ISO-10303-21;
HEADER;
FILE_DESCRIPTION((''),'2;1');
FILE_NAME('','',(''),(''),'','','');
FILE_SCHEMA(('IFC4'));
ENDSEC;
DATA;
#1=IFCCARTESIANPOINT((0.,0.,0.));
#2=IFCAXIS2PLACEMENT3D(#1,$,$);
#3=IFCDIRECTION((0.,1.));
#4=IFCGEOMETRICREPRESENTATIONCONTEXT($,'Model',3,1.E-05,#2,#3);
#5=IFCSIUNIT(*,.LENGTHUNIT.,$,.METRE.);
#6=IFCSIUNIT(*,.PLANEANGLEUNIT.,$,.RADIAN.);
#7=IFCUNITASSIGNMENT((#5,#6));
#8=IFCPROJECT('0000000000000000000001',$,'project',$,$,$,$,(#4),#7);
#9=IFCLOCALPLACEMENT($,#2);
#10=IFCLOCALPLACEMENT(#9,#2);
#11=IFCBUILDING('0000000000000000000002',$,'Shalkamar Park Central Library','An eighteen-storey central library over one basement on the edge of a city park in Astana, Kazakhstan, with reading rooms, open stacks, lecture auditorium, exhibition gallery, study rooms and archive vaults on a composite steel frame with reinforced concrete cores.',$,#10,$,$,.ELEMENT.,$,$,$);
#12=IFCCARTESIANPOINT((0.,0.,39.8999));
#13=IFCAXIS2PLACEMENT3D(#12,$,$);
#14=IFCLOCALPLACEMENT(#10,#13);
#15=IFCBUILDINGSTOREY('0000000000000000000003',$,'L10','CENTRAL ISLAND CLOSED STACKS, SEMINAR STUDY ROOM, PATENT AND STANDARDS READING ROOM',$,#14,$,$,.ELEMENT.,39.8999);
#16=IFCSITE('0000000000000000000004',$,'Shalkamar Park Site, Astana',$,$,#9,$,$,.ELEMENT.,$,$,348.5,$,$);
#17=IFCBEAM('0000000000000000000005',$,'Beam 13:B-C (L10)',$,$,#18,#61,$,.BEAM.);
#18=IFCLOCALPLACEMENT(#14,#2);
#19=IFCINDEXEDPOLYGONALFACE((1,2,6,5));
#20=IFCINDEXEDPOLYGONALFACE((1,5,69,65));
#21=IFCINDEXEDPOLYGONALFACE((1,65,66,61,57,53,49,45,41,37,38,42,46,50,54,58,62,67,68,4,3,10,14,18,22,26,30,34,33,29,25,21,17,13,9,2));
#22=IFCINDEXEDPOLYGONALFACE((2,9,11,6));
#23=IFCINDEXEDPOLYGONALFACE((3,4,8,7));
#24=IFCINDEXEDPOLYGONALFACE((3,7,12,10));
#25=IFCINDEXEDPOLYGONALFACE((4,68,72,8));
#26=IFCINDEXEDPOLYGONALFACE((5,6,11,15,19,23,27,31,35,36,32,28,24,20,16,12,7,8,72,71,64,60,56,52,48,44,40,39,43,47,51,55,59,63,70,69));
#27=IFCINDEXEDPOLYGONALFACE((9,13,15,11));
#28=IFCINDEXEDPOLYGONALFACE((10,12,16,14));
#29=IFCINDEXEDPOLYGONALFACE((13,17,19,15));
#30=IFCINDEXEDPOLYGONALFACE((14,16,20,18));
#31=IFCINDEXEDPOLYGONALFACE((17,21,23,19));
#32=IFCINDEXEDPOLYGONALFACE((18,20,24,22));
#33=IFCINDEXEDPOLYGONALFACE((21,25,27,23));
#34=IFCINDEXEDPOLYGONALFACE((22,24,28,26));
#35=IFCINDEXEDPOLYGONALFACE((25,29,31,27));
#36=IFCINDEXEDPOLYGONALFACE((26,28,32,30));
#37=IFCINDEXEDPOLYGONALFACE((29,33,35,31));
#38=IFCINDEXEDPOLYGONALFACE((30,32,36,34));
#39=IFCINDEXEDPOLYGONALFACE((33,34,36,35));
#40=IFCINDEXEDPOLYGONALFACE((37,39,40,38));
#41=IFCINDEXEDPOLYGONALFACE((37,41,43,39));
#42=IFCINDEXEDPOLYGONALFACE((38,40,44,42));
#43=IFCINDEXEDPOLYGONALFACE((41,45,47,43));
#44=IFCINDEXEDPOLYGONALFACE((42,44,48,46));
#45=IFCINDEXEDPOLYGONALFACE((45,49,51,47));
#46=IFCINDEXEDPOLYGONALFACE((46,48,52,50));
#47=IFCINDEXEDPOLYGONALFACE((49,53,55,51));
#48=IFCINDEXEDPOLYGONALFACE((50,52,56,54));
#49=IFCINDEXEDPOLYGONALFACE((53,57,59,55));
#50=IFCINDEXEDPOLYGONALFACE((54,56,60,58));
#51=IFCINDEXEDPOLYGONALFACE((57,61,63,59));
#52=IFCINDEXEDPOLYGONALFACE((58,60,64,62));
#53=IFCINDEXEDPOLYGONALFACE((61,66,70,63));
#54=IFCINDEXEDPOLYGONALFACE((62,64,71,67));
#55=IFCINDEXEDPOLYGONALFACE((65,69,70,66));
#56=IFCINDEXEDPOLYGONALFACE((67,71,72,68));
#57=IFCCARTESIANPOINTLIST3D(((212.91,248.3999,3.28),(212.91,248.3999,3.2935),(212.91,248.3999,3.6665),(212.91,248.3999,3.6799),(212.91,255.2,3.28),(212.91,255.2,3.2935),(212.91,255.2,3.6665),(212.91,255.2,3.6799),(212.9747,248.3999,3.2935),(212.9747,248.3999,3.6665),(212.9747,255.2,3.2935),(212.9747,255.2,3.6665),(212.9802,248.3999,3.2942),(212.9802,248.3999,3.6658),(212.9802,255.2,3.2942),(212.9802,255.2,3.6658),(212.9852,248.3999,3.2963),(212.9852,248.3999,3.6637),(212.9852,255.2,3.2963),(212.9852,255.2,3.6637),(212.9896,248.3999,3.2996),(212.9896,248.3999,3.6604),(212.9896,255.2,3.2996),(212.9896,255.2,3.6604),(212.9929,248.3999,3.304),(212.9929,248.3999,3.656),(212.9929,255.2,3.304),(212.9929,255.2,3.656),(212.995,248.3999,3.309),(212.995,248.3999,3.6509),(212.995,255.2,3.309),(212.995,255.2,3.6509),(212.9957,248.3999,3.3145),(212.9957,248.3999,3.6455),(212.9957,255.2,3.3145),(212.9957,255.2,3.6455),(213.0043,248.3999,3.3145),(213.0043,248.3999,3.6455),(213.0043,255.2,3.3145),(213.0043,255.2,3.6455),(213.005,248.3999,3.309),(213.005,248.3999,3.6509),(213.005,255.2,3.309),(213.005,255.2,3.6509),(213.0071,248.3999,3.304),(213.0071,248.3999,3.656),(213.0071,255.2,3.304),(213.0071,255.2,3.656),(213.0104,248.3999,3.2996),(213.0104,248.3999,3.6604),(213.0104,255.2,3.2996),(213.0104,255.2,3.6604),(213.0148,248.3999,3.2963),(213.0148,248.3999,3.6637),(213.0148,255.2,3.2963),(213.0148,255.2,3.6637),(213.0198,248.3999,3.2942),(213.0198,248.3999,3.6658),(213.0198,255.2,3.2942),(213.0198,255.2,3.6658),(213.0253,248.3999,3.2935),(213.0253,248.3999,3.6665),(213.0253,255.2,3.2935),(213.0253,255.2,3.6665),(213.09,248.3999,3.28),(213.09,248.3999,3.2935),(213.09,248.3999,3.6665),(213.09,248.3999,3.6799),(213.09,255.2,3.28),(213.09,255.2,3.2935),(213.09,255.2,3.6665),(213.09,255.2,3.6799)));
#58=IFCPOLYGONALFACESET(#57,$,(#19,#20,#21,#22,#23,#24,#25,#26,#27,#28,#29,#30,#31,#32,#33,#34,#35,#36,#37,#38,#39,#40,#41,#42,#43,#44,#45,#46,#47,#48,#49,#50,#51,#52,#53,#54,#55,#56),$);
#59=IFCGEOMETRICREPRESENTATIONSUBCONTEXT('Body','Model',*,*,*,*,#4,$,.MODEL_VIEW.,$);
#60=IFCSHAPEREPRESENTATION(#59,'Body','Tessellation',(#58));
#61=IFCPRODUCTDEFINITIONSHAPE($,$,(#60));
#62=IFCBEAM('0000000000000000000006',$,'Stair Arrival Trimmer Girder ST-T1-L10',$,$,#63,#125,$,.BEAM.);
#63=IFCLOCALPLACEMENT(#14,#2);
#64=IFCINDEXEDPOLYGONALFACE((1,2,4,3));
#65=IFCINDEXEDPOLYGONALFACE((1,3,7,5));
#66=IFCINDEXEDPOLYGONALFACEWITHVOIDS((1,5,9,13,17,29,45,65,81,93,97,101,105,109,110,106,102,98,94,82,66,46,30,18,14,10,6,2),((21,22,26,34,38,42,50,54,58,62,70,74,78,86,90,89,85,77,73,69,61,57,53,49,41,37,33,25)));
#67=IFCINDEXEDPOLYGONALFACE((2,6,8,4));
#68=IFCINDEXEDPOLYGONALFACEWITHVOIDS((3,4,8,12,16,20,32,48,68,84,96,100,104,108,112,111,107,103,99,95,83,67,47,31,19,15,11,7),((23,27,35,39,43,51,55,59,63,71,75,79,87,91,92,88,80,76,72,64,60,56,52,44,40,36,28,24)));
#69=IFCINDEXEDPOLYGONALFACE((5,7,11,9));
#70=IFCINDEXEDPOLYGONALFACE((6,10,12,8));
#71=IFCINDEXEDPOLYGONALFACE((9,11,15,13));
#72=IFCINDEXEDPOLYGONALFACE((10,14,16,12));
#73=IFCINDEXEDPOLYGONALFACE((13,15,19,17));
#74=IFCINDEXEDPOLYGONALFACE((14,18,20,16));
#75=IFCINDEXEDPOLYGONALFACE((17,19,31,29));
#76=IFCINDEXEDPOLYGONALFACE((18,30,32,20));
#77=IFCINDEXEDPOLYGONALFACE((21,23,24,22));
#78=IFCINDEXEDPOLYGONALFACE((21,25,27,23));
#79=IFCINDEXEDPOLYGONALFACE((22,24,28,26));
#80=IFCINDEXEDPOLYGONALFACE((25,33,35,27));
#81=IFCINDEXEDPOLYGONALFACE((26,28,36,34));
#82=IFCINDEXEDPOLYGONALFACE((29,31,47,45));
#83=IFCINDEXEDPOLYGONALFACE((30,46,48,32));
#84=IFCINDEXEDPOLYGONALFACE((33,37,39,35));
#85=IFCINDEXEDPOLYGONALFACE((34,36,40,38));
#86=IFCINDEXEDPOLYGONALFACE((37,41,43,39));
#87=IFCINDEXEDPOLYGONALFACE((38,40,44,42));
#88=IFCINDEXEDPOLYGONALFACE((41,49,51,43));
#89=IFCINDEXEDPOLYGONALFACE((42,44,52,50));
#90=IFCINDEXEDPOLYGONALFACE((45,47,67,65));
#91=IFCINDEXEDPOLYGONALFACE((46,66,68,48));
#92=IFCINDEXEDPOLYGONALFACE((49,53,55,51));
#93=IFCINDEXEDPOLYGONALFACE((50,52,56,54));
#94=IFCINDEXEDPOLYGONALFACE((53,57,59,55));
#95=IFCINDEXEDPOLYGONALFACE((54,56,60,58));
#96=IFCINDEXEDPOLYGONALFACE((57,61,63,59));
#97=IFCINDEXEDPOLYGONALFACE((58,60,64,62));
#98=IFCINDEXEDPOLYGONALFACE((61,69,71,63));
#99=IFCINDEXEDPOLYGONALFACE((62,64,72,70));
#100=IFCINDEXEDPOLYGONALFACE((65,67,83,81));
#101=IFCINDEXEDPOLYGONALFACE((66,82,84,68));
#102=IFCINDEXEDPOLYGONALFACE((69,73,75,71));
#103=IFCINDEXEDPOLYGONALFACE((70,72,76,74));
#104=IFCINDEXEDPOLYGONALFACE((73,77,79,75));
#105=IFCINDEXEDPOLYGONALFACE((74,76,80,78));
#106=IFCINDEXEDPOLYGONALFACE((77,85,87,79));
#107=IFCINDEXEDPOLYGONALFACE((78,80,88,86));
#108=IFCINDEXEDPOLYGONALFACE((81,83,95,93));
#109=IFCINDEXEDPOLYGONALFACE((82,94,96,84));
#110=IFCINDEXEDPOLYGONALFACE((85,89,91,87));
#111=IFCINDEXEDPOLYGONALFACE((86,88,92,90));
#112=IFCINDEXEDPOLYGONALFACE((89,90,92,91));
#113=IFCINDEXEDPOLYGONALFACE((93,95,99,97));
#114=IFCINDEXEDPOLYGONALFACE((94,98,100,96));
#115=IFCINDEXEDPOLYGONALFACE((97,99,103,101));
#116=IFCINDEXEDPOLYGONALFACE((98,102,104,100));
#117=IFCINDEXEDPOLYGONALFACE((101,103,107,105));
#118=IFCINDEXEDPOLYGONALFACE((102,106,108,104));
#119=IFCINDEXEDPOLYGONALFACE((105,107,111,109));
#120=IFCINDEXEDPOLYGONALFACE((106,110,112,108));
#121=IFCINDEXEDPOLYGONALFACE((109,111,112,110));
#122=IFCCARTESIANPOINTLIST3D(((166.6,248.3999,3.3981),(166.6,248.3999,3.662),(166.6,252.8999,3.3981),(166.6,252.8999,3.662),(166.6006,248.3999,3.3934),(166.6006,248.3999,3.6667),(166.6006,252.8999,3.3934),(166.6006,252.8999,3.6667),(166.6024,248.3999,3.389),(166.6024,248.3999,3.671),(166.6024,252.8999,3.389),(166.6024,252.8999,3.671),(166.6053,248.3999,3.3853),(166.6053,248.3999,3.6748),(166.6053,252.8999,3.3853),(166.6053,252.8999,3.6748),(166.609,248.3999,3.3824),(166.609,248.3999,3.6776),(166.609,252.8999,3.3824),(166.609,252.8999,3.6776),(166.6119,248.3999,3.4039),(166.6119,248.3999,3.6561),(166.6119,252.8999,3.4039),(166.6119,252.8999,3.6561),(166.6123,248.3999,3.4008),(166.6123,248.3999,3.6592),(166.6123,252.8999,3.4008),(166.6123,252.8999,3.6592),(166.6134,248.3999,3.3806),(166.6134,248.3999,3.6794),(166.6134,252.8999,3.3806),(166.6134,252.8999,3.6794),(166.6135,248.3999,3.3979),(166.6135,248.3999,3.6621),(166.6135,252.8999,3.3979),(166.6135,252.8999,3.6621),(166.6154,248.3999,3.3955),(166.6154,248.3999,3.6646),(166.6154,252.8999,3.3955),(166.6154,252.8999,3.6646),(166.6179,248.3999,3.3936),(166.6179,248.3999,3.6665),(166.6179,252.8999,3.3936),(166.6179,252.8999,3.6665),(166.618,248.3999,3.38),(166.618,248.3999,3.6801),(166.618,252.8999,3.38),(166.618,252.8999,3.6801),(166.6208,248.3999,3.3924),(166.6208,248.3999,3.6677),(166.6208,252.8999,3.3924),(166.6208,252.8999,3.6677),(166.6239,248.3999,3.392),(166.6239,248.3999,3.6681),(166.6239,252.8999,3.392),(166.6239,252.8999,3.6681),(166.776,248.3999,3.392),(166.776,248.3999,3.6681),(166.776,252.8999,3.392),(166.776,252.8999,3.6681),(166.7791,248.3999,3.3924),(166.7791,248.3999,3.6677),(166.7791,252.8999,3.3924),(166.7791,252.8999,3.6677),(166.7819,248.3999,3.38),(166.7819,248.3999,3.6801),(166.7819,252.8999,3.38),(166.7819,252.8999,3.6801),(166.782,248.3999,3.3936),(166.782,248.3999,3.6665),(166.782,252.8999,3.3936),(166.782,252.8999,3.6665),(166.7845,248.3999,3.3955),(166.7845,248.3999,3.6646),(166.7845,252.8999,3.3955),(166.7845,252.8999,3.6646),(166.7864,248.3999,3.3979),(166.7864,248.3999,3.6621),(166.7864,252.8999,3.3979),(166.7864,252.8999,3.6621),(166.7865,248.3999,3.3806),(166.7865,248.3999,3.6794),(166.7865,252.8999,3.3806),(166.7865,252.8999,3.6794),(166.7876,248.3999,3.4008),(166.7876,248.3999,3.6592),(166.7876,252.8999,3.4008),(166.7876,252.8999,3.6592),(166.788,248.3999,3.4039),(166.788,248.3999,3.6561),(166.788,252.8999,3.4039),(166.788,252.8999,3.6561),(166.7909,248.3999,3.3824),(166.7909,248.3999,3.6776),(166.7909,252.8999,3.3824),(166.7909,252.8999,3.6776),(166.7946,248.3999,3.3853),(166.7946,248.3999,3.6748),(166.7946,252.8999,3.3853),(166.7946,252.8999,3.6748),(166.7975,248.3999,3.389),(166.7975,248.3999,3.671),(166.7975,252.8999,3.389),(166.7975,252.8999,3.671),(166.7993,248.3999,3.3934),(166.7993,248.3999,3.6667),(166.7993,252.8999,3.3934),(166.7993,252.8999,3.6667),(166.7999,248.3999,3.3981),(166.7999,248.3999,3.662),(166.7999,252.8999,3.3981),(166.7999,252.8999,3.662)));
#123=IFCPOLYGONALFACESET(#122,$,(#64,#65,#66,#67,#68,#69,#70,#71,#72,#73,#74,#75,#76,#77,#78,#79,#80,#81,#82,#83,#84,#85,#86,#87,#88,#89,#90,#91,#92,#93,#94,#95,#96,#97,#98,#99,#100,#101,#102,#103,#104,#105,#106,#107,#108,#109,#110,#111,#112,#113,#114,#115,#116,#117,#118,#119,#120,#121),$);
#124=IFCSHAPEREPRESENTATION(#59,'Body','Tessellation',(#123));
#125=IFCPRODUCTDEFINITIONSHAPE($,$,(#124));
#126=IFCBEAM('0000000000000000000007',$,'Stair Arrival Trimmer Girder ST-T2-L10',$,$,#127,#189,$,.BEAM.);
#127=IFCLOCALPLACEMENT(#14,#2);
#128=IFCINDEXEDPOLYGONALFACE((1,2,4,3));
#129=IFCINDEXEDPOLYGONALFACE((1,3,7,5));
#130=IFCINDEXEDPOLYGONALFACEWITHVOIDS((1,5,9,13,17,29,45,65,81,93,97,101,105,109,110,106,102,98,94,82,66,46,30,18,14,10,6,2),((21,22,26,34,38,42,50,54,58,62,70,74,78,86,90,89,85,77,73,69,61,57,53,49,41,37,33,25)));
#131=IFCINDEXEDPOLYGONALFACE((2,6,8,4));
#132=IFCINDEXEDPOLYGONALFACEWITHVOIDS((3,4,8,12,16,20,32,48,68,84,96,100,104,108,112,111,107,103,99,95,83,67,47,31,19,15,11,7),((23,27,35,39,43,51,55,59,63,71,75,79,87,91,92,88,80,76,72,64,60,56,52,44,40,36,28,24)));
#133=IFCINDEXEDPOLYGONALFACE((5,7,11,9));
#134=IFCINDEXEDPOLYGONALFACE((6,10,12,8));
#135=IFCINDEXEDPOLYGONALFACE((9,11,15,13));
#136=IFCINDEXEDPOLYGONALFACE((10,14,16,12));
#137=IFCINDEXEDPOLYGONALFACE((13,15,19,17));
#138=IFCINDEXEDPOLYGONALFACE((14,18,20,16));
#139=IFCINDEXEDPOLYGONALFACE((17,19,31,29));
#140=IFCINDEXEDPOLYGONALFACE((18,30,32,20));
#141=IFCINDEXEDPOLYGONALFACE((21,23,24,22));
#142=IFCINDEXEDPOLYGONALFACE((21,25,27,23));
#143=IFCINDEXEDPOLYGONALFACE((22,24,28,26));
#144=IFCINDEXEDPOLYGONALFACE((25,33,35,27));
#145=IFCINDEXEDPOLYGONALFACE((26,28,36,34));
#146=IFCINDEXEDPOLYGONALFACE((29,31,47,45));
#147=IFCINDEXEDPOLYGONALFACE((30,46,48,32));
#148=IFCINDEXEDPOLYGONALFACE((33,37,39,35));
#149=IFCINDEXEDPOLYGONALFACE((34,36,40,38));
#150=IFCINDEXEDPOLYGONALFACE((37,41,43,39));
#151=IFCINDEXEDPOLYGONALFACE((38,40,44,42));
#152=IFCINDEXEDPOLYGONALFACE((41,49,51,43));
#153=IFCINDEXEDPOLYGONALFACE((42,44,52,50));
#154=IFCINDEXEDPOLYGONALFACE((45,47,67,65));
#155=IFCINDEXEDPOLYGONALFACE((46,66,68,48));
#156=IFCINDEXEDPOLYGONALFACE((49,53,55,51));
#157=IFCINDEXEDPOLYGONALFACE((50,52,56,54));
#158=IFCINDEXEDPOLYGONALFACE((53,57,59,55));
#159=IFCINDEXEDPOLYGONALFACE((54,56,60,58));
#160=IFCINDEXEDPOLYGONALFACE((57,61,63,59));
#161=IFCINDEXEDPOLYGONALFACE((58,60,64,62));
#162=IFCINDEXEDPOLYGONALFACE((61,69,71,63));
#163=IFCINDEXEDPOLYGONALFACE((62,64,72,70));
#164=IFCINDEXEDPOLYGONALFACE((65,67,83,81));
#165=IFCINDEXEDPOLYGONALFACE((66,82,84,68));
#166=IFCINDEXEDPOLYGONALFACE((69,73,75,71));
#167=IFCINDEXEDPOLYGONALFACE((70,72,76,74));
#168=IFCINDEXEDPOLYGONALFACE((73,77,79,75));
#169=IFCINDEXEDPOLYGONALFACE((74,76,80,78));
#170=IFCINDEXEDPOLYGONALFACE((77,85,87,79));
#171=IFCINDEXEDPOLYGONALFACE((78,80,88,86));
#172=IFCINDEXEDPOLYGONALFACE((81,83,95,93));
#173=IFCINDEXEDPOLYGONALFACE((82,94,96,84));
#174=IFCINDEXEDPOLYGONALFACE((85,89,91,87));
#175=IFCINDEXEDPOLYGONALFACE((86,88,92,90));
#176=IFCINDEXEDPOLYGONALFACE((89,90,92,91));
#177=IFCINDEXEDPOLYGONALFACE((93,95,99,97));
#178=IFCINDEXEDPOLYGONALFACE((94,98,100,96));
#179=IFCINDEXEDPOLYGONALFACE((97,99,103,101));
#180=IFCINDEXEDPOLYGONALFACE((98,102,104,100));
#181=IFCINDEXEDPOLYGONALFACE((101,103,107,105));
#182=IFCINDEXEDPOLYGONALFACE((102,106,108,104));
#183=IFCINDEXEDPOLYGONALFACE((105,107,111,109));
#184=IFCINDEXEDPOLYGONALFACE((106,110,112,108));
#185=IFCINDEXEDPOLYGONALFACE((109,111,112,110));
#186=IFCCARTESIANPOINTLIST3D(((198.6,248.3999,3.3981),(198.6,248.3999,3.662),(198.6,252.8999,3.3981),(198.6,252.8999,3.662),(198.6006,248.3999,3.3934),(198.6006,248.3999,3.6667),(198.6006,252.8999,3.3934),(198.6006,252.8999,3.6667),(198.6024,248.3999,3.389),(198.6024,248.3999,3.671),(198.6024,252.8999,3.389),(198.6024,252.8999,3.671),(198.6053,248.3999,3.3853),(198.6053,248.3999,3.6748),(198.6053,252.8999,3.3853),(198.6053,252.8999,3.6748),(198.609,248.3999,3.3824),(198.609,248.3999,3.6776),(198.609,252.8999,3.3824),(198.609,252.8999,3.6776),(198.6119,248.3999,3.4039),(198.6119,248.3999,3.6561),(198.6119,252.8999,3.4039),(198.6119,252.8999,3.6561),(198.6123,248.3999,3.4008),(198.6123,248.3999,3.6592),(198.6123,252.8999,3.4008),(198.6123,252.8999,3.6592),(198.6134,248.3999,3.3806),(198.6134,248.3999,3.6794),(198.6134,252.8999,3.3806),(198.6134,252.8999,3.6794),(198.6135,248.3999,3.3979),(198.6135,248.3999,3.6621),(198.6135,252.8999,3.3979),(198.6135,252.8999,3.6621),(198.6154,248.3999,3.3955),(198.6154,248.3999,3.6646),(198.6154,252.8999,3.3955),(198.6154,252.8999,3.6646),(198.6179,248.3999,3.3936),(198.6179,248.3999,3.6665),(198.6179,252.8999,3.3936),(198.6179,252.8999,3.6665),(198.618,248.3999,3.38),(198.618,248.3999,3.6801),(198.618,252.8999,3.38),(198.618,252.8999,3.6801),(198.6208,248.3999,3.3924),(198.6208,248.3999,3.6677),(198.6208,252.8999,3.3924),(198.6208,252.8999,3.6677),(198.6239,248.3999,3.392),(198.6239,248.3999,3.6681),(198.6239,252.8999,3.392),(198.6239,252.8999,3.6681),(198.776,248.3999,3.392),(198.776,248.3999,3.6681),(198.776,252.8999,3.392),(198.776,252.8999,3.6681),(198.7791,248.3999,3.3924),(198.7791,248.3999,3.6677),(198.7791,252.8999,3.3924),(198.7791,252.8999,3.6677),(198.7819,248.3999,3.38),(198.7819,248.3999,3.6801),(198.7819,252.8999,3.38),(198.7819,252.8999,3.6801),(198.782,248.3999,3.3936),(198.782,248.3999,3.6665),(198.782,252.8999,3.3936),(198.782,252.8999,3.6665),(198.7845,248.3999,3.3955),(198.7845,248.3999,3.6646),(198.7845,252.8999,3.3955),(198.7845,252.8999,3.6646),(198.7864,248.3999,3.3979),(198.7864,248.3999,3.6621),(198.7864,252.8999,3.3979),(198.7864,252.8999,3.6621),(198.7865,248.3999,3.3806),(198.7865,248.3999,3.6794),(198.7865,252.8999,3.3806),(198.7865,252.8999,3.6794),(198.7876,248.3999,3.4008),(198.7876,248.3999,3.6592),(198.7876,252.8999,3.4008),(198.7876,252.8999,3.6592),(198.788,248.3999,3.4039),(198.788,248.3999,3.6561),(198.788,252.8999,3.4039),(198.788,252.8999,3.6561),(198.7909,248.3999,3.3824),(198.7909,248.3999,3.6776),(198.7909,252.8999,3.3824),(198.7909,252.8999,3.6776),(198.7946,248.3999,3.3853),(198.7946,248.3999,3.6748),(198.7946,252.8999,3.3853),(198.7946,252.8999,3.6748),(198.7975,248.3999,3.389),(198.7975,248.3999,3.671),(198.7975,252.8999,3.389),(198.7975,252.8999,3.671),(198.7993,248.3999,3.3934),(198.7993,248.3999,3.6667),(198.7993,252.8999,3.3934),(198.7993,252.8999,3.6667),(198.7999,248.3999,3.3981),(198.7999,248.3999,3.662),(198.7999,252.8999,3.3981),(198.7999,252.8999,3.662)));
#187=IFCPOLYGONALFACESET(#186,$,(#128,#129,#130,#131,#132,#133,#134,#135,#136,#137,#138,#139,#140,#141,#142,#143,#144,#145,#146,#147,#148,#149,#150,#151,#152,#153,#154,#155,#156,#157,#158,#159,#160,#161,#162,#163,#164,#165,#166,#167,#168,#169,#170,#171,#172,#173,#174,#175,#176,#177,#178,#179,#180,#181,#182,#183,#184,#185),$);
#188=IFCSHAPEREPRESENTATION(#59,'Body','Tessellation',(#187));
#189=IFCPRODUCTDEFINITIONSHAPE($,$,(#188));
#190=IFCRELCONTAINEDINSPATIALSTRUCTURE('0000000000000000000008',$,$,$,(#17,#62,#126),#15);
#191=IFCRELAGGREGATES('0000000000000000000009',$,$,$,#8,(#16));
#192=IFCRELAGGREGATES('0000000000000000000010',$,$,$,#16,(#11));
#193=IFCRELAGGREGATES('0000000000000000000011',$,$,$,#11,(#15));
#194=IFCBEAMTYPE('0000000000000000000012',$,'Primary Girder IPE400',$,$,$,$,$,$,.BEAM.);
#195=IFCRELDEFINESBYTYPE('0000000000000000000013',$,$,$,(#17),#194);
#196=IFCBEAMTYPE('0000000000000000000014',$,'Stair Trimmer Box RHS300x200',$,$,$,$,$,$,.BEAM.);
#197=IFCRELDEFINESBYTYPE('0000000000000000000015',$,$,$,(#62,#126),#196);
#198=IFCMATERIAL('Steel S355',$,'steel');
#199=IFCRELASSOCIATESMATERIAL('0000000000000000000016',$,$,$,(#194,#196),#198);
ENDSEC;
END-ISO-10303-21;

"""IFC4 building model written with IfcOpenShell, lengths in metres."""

from ifc_helpers import new_model, si_unit, direction, frame, origin, origin_2d, place, context, subcontext, project, spatial, hollow_rectangle, i_section, extrude, material, material_profile, profile_set, type_object, element, save


model = new_model("IFC4")

# Units and contexts
model_context = context("Model", 3, precision=1e-05, world=origin(), true_north=direction((0.0, 1.0)))
body_context = subcontext(model_context, "Body", "Model", "MODEL_VIEW")
ifc_project = project(units=[si_unit("LENGTHUNIT", "METRE"), si_unit("PLANEANGLEUNIT", "RADIAN")], contexts=[model_context])

# Site, building, storey
site_placement = place(None, origin())
site = spatial("IfcSite", under=ifc_project, at=site_placement, Name="Shalkamar Park Site, Astana", CompositionType="ELEMENT", RefElevation=348.5)
building_placement = place(site_placement, origin())
building = spatial("IfcBuilding", under=site, at=building_placement, Name="Shalkamar Park Central Library", Description="An eighteen-storey central library over one basement on the edge of a city park in Astana, Kazakhstan, with reading rooms, open stacks, lecture auditorium, exhibition gallery, study rooms and archive vaults on a composite steel frame with reinforced concrete cores.", CompositionType="ELEMENT")
storey_placement = place(building_placement, frame((0.0, 0.0, 39.8999)))
storey = spatial("IfcBuildingStorey", under=building, at=storey_placement, Name="L10", Description="CENTRAL ISLAND CLOSED STACKS, SEMINAR STUDY ROOM, PATENT AND STANDARDS READING ROOM", CompositionType="ELEMENT", Elevation=39.8999)

# Shared definitions
ifc_material_1 = material(Name="Steel S355", Category="steel")

# Beams
ifc_material_profile_1 = material_profile(ifc_material_1, i_section(OverallWidth=0.1799, OverallDepth=0.3999, WebThickness=0.0085, FlangeThickness=0.0134, FilletRadius=0.021, at=origin_2d()), Name="IPE 400")
ifc_profile_set_1 = profile_set([ifc_material_profile_1], Name="Steel S355")
beam_type_1 = type_object("IfcBeamType", Name="Primary Girder IPE400", PredefinedType="BEAM", material=ifc_profile_set_1)
for number, where, z_axis, x_axis, name in (
    (1, (213.0, 248.3999, 3.48), (0.0, 1.0, 0.0), (-1.0, 0.0, 0.0), "Beam 13:B-C (L10)"),
):
    element("IfcBeam", number, at=place(storey_placement, frame(where, z_axis=z_axis, x_axis=x_axis)), inside=storey, type_object=beam_type_1, Name=name, PredefinedType="BEAM", context=body_context, shape_type="SweptSolid", body=[
        extrude(i_section(OverallWidth=0.1799, OverallDepth=0.3999, WebThickness=0.0085, FlangeThickness=0.0134, FilletRadius=0.021, at=origin_2d()), origin(), (0.0, 0.0, 1.0), 6.8),
    ])
ifc_material_profile_2 = material_profile(ifc_material_1, hollow_rectangle(XDim=0.2, YDim=0.3, WallThickness=0.012, InnerFilletRadius=0.012, OuterFilletRadius=0.0181, at=origin_2d()), Name="RHS 300x200x12")
ifc_profile_set_2 = profile_set([ifc_material_profile_2], Name="Steel S355")
beam_type_2 = type_object("IfcBeamType", Name="Stair Trimmer Box RHS300x200", PredefinedType="BEAM", material=ifc_profile_set_2)
for number, where, z_axis, x_axis, name in (
    (2, (166.7, 248.3999, 3.53), (0.0, 1.0, 0.0), (-1.0, 0.0, 0.0), "Stair Arrival Trimmer Girder ST-T1-L10"),
    (3, (198.7, 248.3999, 3.53), (0.0, 1.0, 0.0), (-1.0, 0.0, 0.0), "Stair Arrival Trimmer Girder ST-T2-L10"),
):
    element("IfcBeam", number, at=place(storey_placement, frame(where, z_axis=z_axis, x_axis=x_axis)), inside=storey, type_object=beam_type_2, Name=name, PredefinedType="BEAM", context=body_context, shape_type="SweptSolid", body=[
        extrude(hollow_rectangle(XDim=0.2, YDim=0.3, WallThickness=0.012, InnerFilletRadius=0.012, OuterFilletRadius=0.0181, at=origin_2d()), origin(), (0.0, 0.0, 1.0), 4.5),
    ])

save(model, "model.ifc")
